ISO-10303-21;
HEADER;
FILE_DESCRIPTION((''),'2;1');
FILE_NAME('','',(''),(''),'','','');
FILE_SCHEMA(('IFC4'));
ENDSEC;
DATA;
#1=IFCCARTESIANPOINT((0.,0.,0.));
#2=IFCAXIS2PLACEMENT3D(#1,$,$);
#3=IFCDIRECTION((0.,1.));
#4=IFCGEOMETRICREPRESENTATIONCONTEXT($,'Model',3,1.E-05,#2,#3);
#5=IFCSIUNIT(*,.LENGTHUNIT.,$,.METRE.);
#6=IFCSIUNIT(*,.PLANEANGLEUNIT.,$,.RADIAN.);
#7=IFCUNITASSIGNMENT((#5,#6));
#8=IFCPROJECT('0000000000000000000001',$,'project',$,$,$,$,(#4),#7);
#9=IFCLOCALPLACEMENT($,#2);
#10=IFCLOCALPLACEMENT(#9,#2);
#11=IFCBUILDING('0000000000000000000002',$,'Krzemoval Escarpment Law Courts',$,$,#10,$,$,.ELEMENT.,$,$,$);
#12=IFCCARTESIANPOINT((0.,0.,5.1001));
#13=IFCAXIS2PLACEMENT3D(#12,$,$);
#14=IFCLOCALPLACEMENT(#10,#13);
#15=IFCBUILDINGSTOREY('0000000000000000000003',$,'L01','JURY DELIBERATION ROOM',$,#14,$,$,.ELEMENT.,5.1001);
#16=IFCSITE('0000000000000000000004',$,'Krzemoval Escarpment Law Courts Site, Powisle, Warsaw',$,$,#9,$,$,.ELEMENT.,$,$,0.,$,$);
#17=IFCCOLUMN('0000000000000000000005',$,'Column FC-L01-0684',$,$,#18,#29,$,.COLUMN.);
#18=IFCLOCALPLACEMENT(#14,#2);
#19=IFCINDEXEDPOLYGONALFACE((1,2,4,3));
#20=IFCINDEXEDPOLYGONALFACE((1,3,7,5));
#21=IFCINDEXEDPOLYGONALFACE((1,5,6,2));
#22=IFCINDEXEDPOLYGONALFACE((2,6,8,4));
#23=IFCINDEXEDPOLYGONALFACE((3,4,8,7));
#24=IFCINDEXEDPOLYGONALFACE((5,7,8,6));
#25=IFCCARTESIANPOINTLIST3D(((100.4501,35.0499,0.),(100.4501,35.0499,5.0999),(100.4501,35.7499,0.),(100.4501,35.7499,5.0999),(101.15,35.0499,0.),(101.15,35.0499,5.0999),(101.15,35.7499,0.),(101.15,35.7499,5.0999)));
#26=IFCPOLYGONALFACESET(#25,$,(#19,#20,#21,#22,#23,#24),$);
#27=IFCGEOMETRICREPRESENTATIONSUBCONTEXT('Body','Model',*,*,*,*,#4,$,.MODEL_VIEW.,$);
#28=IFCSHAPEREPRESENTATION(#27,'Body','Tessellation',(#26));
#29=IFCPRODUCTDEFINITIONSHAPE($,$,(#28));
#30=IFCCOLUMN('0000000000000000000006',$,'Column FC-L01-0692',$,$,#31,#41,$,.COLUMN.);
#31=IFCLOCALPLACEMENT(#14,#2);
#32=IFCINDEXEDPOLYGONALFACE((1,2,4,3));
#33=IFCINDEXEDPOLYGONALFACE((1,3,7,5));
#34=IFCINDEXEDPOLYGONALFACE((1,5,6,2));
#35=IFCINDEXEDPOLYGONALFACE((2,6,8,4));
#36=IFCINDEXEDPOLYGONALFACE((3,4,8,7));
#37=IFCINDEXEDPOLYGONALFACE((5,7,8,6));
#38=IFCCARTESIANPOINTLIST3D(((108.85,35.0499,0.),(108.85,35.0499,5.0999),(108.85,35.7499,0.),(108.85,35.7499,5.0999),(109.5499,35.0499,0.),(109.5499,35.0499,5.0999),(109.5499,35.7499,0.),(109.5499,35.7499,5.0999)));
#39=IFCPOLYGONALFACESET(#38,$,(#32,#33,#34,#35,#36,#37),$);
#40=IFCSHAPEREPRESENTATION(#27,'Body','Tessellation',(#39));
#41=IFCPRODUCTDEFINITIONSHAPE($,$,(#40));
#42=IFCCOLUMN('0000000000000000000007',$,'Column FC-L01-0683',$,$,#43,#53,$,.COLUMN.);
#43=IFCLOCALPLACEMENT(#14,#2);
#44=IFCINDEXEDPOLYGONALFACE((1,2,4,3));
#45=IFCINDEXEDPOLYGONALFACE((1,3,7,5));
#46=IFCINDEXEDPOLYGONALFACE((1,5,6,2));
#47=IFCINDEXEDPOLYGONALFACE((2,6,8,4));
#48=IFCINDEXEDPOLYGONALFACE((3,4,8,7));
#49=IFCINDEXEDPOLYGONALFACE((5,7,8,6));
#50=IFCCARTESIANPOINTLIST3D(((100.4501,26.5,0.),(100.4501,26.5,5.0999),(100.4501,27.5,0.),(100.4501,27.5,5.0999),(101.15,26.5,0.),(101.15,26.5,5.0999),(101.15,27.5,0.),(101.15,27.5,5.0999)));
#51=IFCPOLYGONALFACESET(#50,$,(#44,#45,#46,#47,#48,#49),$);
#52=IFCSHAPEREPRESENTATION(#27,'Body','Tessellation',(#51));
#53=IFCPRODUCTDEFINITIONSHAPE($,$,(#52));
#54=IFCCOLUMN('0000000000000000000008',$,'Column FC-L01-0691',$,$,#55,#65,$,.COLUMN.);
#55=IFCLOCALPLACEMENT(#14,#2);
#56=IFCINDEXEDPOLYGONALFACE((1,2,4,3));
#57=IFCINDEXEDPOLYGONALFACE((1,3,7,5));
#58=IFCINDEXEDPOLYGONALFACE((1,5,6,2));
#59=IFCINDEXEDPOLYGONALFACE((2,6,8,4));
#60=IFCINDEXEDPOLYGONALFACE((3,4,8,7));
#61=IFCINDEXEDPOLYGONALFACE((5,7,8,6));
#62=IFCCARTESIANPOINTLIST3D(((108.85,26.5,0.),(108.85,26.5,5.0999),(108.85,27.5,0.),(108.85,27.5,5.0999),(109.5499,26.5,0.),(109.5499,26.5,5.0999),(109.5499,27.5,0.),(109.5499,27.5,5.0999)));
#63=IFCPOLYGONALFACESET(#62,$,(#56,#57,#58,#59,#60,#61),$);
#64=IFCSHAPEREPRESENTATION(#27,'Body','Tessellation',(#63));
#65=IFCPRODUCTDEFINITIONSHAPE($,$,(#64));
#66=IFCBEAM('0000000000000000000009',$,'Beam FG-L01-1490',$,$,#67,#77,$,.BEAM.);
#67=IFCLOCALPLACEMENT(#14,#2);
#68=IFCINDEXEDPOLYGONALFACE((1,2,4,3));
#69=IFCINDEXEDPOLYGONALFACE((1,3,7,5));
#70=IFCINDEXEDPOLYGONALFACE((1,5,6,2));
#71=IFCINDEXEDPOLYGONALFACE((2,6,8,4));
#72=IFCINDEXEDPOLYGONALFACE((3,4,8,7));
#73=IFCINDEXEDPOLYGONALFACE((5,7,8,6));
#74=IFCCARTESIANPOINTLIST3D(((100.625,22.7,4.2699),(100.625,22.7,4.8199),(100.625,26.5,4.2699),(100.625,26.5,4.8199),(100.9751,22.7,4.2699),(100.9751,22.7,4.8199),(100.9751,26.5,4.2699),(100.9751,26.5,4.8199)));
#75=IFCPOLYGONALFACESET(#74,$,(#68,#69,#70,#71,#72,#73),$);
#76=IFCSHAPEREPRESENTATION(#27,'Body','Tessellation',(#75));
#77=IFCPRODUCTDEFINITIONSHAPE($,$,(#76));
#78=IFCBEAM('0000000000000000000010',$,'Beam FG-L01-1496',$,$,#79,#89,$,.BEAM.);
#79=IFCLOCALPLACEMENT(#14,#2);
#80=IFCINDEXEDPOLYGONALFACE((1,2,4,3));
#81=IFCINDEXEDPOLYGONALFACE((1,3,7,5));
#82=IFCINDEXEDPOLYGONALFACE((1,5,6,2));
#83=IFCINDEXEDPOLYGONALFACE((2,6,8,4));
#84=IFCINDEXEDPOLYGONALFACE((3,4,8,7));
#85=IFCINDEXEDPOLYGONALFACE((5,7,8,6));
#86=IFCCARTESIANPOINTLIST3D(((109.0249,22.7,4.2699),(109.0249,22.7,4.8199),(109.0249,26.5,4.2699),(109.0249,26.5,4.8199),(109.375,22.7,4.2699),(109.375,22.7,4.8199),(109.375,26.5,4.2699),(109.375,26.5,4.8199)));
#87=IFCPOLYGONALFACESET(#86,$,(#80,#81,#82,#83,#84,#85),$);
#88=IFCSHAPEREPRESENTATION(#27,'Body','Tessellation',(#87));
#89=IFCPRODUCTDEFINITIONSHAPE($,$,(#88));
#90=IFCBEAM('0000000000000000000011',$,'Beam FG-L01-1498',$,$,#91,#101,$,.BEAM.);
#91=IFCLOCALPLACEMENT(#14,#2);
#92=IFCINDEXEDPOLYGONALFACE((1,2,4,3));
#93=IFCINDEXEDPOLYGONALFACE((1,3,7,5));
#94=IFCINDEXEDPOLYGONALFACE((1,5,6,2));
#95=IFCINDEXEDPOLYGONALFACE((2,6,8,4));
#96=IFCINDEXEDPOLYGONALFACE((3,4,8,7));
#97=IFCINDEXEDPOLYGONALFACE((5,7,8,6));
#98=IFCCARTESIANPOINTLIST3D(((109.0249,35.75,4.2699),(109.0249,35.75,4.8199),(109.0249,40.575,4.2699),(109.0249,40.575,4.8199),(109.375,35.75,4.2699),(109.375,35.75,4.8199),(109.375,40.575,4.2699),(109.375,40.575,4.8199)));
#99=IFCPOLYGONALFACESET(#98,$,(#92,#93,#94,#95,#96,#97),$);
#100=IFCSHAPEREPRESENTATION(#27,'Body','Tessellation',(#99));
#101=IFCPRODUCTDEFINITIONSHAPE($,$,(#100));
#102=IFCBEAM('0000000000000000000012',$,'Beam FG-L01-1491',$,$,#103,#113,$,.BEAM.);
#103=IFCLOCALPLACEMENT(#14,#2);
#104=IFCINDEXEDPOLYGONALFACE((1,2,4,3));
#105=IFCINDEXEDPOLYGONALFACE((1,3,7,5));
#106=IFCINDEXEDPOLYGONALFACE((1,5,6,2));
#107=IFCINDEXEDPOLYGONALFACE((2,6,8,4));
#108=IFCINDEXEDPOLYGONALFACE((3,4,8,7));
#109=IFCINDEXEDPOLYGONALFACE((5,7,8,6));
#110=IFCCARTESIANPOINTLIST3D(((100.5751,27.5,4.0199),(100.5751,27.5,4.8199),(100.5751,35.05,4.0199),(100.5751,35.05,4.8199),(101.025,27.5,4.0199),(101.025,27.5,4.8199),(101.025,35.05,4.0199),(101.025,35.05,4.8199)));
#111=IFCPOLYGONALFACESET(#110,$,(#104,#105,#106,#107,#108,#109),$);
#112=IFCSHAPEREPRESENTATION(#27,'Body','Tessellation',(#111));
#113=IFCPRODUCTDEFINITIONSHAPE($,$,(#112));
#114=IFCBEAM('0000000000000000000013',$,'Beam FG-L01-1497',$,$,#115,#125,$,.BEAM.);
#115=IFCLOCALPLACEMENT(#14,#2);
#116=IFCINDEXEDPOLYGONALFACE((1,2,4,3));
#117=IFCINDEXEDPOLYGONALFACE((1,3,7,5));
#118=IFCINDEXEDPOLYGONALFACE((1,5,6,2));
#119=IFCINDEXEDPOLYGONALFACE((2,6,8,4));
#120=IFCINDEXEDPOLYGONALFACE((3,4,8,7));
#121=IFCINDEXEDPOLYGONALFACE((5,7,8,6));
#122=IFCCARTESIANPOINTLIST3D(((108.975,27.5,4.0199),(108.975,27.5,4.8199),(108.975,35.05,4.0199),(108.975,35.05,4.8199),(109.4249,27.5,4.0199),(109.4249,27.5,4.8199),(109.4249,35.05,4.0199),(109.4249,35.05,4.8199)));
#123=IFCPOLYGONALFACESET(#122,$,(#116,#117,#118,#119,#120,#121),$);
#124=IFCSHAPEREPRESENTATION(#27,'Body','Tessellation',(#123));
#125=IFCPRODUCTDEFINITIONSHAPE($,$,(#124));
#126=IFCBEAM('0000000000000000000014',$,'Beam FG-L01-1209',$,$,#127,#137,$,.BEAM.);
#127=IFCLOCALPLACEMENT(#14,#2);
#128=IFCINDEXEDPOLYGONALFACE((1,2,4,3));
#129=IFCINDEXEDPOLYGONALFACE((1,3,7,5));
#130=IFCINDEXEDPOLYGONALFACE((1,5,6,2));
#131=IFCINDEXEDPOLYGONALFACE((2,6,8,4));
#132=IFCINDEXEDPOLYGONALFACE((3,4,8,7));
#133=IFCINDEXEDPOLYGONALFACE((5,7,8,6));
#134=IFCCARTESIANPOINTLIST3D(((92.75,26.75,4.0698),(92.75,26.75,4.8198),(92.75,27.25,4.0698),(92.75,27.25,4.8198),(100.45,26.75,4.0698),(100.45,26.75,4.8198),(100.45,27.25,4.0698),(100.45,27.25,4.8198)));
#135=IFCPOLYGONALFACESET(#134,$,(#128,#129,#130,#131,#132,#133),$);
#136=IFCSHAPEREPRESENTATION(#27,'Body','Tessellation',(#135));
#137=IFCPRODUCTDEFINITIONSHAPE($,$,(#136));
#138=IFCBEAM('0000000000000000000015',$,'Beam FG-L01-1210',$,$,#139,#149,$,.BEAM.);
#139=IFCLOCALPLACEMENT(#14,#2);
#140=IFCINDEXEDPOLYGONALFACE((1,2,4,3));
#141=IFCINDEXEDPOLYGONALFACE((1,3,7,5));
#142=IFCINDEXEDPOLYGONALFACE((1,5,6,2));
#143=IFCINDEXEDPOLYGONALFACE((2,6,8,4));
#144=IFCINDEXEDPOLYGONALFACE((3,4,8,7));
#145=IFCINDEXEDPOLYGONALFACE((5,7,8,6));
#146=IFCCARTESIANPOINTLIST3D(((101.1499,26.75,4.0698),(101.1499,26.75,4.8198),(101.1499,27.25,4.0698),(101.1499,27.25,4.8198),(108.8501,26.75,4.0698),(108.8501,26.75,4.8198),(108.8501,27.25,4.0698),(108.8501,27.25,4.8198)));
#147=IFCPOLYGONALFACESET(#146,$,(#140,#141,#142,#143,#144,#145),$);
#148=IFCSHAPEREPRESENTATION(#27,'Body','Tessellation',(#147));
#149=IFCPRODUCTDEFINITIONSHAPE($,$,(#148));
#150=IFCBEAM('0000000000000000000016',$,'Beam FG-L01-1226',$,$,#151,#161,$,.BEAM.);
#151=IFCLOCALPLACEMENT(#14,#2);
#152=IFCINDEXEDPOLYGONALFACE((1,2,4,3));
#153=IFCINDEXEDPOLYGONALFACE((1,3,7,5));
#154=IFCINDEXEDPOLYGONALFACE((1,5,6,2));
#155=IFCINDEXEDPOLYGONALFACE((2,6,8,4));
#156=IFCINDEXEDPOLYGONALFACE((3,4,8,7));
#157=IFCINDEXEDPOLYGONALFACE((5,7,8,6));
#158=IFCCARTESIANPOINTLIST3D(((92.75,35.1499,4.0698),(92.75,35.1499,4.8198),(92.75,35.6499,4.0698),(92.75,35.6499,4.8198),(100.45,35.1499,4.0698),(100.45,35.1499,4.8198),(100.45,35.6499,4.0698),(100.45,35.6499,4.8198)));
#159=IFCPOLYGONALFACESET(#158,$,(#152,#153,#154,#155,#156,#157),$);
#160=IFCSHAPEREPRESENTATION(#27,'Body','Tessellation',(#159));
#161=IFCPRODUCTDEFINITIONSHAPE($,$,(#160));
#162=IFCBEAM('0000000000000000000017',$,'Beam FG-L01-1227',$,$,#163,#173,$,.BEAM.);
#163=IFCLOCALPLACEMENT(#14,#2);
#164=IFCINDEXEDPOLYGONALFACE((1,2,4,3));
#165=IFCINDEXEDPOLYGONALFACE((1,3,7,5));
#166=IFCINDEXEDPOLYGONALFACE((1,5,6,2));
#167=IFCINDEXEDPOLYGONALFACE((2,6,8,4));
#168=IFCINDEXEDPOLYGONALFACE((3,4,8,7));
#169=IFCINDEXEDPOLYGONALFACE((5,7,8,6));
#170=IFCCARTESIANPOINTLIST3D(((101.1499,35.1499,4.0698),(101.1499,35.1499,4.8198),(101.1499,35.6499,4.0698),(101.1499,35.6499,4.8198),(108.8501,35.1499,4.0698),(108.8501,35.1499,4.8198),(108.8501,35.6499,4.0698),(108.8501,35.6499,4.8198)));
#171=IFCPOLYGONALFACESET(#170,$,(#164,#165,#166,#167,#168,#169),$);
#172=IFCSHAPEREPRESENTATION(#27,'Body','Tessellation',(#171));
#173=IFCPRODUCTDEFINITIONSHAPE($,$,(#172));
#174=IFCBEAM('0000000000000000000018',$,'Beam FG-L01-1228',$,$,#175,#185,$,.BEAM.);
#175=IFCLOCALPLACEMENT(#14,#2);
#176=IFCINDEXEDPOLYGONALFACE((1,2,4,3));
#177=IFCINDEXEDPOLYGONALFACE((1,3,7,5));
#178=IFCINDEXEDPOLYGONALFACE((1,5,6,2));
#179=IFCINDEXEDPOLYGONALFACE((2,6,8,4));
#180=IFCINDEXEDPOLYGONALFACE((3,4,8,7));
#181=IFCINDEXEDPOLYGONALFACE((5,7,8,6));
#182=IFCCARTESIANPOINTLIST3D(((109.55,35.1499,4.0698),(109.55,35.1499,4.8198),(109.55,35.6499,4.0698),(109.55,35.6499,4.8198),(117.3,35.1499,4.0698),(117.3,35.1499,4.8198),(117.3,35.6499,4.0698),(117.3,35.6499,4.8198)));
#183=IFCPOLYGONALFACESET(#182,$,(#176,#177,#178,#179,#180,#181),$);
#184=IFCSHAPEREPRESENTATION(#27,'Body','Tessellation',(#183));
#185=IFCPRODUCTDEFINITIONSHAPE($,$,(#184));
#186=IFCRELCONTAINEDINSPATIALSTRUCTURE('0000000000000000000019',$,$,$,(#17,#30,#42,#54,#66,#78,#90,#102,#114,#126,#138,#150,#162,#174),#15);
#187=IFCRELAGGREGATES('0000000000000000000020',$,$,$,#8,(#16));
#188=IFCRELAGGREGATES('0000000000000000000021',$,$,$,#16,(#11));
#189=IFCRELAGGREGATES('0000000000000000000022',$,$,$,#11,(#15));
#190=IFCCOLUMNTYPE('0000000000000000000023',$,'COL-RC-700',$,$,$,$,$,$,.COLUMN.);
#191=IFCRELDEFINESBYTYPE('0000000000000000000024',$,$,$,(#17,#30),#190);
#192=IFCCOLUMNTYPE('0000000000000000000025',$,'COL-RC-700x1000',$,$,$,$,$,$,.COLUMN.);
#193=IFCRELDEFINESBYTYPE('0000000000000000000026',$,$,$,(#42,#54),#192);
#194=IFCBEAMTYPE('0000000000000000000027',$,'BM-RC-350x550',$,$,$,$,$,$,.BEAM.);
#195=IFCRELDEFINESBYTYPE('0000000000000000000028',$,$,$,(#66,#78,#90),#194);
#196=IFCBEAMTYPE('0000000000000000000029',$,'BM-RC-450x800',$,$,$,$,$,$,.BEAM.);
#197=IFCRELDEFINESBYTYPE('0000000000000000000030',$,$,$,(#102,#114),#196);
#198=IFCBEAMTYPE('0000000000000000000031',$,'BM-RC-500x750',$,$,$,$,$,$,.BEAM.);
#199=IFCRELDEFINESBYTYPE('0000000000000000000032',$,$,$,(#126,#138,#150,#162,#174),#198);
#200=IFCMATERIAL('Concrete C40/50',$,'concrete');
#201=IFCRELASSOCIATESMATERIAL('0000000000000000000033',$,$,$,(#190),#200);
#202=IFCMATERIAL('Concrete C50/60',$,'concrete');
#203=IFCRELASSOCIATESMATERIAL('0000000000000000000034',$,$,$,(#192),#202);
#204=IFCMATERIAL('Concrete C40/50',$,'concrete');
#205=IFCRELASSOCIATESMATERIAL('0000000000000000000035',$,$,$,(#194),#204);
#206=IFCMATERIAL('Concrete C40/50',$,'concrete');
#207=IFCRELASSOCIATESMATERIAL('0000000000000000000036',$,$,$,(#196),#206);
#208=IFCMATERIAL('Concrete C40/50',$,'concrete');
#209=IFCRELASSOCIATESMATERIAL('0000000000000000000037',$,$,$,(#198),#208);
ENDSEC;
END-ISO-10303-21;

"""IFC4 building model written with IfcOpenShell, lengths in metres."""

from ifc_helpers import new_model, si_unit, direction, frame, origin, origin_2d, place, context, subcontext, project, spatial, rectangle, extrude, material, material_profile, profile_set, type_object, element, save


model = new_model("IFC4")

# Units and contexts
model_context = context("Model", 3, precision=1e-05, world=origin(), true_north=direction((0.0, 1.0)))
body_context = subcontext(model_context, "Body", "Model", "MODEL_VIEW")
ifc_project = project(units=[si_unit("LENGTHUNIT", "METRE"), si_unit("PLANEANGLEUNIT", "RADIAN")], contexts=[model_context])

# Site, building, storey
site_placement = place(None, origin())
site = spatial("IfcSite", under=ifc_project, at=site_placement, Name="Krzemoval Escarpment Law Courts Site, Powisle, Warsaw", CompositionType="ELEMENT", RefElevation=0.0)
building_placement = place(site_placement, origin())
building = spatial("IfcBuilding", under=site, at=building_placement, Name="Krzemoval Escarpment Law Courts", CompositionType="ELEMENT")
storey_placement = place(building_placement, frame((0.0, 0.0, 5.1001)))
storey = spatial("IfcBuildingStorey", under=building, at=storey_placement, Name="L01", Description="JURY DELIBERATION ROOM", CompositionType="ELEMENT", Elevation=5.1001)

# Columns
ifc_material_1 = material(Name="Concrete C40/50", Category="concrete")
ifc_material_profile_1 = material_profile(ifc_material_1, rectangle(XDim=0.7, YDim=0.7, at=origin_2d()), Name="RC 700x700")
ifc_profile_set_1 = profile_set([ifc_material_profile_1], Name="Concrete C40/50")
column_type_1 = type_object("IfcColumnType", Name="COL-RC-700", PredefinedType="COLUMN", material=ifc_profile_set_1)
for number, where, z_axis, x_axis, name in (
    (1, (100.8, 35.3999, 0.0), (0.0, 0.0, 1.0), (1.0, 0.0, 0.0), "Column FC-L01-0684"),
    (2, (109.2, 35.3999, 0.0), (0.0, 0.0, 1.0), (1.0, 0.0, 0.0), "Column FC-L01-0692"),
):
    element("IfcColumn", number, at=place(storey_placement, frame(where, z_axis=z_axis, x_axis=x_axis)), inside=storey, type_object=column_type_1, Name=name, PredefinedType="COLUMN", context=body_context, shape_type="SweptSolid", body=[
        extrude(rectangle(XDim=0.7, YDim=0.7, at=origin_2d()), origin(), (0.0, 0.0, 1.0), 5.0999),
    ])
ifc_material_2 = material(Name="Concrete C50/60", Category="concrete")
ifc_material_profile_2 = material_profile(ifc_material_2, rectangle(XDim=0.7, YDim=1.0, at=origin_2d()), Name="RC 700x1000")
ifc_profile_set_2 = profile_set([ifc_material_profile_2], Name="Concrete C50/60")
column_type_2 = type_object("IfcColumnType", Name="COL-RC-700x1000", PredefinedType="COLUMN", material=ifc_profile_set_2)
for number, where, z_axis, x_axis, name in (
    (3, (100.8, 27.0, 0.0), (0.0, 0.0, 1.0), (1.0, 0.0, 0.0), "Column FC-L01-0683"),
    (4, (109.2, 27.0, 0.0), (0.0, 0.0, 1.0), (1.0, 0.0, 0.0), "Column FC-L01-0691"),
):
    element("IfcColumn", number, at=place(storey_placement, frame(where, z_axis=z_axis, x_axis=x_axis)), inside=storey, type_object=column_type_2, Name=name, PredefinedType="COLUMN", context=body_context, shape_type="SweptSolid", body=[
        extrude(rectangle(XDim=0.7, YDim=1.0, at=origin_2d()), origin(), (0.0, 0.0, 1.0), 5.0999),
    ])

# Beams
ifc_material_3 = material(Name="Concrete C40/50", Category="concrete")
ifc_material_profile_3 = material_profile(ifc_material_3, rectangle(XDim=0.3501, YDim=0.55, at=origin_2d()), Name="RCB 350x550")
ifc_profile_set_3 = profile_set([ifc_material_profile_3], Name="Concrete C40/50")
beam_type_1 = type_object("IfcBeamType", Name="BM-RC-350x550", PredefinedType="BEAM", material=ifc_profile_set_3)
for number, where, z_axis, x_axis, name in (
    (5, (100.8, 22.7, 4.5449), (0.0, 1.0, 0.0), (-1.0, 0.0, 0.0), "Beam FG-L01-1490"),
    (6, (109.2, 22.7, 4.5449), (0.0, 1.0, 0.0), (-1.0, 0.0, 0.0), "Beam FG-L01-1496"),
):
    element("IfcBeam", number, at=place(storey_placement, frame(where, z_axis=z_axis, x_axis=x_axis)), inside=storey, type_object=beam_type_1, Name=name, PredefinedType="BEAM", context=body_context, shape_type="SweptSolid", body=[
        extrude(rectangle(XDim=0.3501, YDim=0.55, at=origin_2d()), origin(), (0.0, 0.0, 1.0), 3.8),
    ])
beam_1_placement = place(storey_placement, frame((109.2, 35.75, 4.5449), z_axis=(0.0, 1.0, 0.0), x_axis=(-1.0, 0.0, 0.0)))
element("IfcBeam", 7, at=beam_1_placement, inside=storey, type_object=beam_type_1, Name="Beam FG-L01-1498", PredefinedType="BEAM", context=body_context, shape_type="SweptSolid", body=[
    extrude(rectangle(XDim=0.3501, YDim=0.55, at=origin_2d()), origin(), (0.0, 0.0, 1.0), 4.825),
])
ifc_material_4 = material(Name="Concrete C40/50", Category="concrete")
ifc_material_profile_4 = material_profile(ifc_material_4, rectangle(XDim=0.45, YDim=0.8, at=origin_2d()), Name="RCB 450x800")
ifc_profile_set_4 = profile_set([ifc_material_profile_4], Name="Concrete C40/50")
beam_type_2 = type_object("IfcBeamType", Name="BM-RC-450x800", PredefinedType="BEAM", material=ifc_profile_set_4)
for number, where, z_axis, x_axis, name in (
    (8, (100.8, 27.5, 4.4199), (0.0, 1.0, 0.0), (-1.0, 0.0, 0.0), "Beam FG-L01-1491"),
    (9, (109.2, 27.5, 4.4199), (0.0, 1.0, 0.0), (-1.0, 0.0, 0.0), "Beam FG-L01-1497"),
):
    element("IfcBeam", number, at=place(storey_placement, frame(where, z_axis=z_axis, x_axis=x_axis)), inside=storey, type_object=beam_type_2, Name=name, PredefinedType="BEAM", context=body_context, shape_type="SweptSolid", body=[
        extrude(rectangle(XDim=0.45, YDim=0.8, at=origin_2d()), origin(), (0.0, 0.0, 1.0), 7.55),
    ])
ifc_material_5 = material(Name="Concrete C40/50", Category="concrete")
ifc_material_profile_5 = material_profile(ifc_material_5, rectangle(XDim=0.5, YDim=0.75, at=origin_2d()), Name="RCB 500x750")
ifc_profile_set_5 = profile_set([ifc_material_profile_5], Name="Concrete C40/50")
beam_type_3 = type_object("IfcBeamType", Name="BM-RC-500x750", PredefinedType="BEAM", material=ifc_profile_set_5)
beam_2_placement = place(storey_placement, frame((92.75, 27.0, 4.4448), z_axis=(1.0, 0.0, 0.0), x_axis=(0.0, 1.0, 0.0)))
element("IfcBeam", 10, at=beam_2_placement, inside=storey, type_object=beam_type_3, Name="Beam FG-L01-1209", PredefinedType="BEAM", context=body_context, shape_type="SweptSolid", body=[
    extrude(rectangle(XDim=0.5, YDim=0.75, at=origin_2d()), origin(), (0.0, 0.0, 1.0), 7.7),
])
beam_3_placement = place(storey_placement, frame((101.1499, 27.0, 4.4448), z_axis=(1.0, 0.0, 0.0), x_axis=(0.0, 1.0, 0.0)))
element("IfcBeam", 11, at=beam_3_placement, inside=storey, type_object=beam_type_3, Name="Beam FG-L01-1210", PredefinedType="BEAM", context=body_context, shape_type="SweptSolid", body=[
    extrude(rectangle(XDim=0.5, YDim=0.75, at=origin_2d()), origin(), (0.0, 0.0, 1.0), 7.7002),
])
beam_4_placement = place(storey_placement, frame((92.75, 35.3999, 4.4448), z_axis=(1.0, 0.0, 0.0), x_axis=(0.0, 1.0, 0.0)))
element("IfcBeam", 12, at=beam_4_placement, inside=storey, type_object=beam_type_3, Name="Beam FG-L01-1226", PredefinedType="BEAM", context=body_context, shape_type="SweptSolid", body=[
    extrude(rectangle(XDim=0.5, YDim=0.75, at=origin_2d()), origin(), (0.0, 0.0, 1.0), 7.7),
])
beam_5_placement = place(storey_placement, frame((101.1499, 35.3999, 4.4448), z_axis=(1.0, 0.0, 0.0), x_axis=(0.0, 1.0, 0.0)))
element("IfcBeam", 13, at=beam_5_placement, inside=storey, type_object=beam_type_3, Name="Beam FG-L01-1227", PredefinedType="BEAM", context=body_context, shape_type="SweptSolid", body=[
    extrude(rectangle(XDim=0.5, YDim=0.75, at=origin_2d()), origin(), (0.0, 0.0, 1.0), 7.7002),
])
beam_6_placement = place(storey_placement, frame((109.55, 35.3999, 4.4448), z_axis=(1.0, 0.0, 0.0), x_axis=(0.0, 1.0, 0.0)))
element("IfcBeam", 14, at=beam_6_placement, inside=storey, type_object=beam_type_3, Name="Beam FG-L01-1228", PredefinedType="BEAM", context=body_context, shape_type="SweptSolid", body=[
    extrude(rectangle(XDim=0.5, YDim=0.75, at=origin_2d()), origin(), (0.0, 0.0, 1.0), 7.75),
])

save(model, "model.ifc")
